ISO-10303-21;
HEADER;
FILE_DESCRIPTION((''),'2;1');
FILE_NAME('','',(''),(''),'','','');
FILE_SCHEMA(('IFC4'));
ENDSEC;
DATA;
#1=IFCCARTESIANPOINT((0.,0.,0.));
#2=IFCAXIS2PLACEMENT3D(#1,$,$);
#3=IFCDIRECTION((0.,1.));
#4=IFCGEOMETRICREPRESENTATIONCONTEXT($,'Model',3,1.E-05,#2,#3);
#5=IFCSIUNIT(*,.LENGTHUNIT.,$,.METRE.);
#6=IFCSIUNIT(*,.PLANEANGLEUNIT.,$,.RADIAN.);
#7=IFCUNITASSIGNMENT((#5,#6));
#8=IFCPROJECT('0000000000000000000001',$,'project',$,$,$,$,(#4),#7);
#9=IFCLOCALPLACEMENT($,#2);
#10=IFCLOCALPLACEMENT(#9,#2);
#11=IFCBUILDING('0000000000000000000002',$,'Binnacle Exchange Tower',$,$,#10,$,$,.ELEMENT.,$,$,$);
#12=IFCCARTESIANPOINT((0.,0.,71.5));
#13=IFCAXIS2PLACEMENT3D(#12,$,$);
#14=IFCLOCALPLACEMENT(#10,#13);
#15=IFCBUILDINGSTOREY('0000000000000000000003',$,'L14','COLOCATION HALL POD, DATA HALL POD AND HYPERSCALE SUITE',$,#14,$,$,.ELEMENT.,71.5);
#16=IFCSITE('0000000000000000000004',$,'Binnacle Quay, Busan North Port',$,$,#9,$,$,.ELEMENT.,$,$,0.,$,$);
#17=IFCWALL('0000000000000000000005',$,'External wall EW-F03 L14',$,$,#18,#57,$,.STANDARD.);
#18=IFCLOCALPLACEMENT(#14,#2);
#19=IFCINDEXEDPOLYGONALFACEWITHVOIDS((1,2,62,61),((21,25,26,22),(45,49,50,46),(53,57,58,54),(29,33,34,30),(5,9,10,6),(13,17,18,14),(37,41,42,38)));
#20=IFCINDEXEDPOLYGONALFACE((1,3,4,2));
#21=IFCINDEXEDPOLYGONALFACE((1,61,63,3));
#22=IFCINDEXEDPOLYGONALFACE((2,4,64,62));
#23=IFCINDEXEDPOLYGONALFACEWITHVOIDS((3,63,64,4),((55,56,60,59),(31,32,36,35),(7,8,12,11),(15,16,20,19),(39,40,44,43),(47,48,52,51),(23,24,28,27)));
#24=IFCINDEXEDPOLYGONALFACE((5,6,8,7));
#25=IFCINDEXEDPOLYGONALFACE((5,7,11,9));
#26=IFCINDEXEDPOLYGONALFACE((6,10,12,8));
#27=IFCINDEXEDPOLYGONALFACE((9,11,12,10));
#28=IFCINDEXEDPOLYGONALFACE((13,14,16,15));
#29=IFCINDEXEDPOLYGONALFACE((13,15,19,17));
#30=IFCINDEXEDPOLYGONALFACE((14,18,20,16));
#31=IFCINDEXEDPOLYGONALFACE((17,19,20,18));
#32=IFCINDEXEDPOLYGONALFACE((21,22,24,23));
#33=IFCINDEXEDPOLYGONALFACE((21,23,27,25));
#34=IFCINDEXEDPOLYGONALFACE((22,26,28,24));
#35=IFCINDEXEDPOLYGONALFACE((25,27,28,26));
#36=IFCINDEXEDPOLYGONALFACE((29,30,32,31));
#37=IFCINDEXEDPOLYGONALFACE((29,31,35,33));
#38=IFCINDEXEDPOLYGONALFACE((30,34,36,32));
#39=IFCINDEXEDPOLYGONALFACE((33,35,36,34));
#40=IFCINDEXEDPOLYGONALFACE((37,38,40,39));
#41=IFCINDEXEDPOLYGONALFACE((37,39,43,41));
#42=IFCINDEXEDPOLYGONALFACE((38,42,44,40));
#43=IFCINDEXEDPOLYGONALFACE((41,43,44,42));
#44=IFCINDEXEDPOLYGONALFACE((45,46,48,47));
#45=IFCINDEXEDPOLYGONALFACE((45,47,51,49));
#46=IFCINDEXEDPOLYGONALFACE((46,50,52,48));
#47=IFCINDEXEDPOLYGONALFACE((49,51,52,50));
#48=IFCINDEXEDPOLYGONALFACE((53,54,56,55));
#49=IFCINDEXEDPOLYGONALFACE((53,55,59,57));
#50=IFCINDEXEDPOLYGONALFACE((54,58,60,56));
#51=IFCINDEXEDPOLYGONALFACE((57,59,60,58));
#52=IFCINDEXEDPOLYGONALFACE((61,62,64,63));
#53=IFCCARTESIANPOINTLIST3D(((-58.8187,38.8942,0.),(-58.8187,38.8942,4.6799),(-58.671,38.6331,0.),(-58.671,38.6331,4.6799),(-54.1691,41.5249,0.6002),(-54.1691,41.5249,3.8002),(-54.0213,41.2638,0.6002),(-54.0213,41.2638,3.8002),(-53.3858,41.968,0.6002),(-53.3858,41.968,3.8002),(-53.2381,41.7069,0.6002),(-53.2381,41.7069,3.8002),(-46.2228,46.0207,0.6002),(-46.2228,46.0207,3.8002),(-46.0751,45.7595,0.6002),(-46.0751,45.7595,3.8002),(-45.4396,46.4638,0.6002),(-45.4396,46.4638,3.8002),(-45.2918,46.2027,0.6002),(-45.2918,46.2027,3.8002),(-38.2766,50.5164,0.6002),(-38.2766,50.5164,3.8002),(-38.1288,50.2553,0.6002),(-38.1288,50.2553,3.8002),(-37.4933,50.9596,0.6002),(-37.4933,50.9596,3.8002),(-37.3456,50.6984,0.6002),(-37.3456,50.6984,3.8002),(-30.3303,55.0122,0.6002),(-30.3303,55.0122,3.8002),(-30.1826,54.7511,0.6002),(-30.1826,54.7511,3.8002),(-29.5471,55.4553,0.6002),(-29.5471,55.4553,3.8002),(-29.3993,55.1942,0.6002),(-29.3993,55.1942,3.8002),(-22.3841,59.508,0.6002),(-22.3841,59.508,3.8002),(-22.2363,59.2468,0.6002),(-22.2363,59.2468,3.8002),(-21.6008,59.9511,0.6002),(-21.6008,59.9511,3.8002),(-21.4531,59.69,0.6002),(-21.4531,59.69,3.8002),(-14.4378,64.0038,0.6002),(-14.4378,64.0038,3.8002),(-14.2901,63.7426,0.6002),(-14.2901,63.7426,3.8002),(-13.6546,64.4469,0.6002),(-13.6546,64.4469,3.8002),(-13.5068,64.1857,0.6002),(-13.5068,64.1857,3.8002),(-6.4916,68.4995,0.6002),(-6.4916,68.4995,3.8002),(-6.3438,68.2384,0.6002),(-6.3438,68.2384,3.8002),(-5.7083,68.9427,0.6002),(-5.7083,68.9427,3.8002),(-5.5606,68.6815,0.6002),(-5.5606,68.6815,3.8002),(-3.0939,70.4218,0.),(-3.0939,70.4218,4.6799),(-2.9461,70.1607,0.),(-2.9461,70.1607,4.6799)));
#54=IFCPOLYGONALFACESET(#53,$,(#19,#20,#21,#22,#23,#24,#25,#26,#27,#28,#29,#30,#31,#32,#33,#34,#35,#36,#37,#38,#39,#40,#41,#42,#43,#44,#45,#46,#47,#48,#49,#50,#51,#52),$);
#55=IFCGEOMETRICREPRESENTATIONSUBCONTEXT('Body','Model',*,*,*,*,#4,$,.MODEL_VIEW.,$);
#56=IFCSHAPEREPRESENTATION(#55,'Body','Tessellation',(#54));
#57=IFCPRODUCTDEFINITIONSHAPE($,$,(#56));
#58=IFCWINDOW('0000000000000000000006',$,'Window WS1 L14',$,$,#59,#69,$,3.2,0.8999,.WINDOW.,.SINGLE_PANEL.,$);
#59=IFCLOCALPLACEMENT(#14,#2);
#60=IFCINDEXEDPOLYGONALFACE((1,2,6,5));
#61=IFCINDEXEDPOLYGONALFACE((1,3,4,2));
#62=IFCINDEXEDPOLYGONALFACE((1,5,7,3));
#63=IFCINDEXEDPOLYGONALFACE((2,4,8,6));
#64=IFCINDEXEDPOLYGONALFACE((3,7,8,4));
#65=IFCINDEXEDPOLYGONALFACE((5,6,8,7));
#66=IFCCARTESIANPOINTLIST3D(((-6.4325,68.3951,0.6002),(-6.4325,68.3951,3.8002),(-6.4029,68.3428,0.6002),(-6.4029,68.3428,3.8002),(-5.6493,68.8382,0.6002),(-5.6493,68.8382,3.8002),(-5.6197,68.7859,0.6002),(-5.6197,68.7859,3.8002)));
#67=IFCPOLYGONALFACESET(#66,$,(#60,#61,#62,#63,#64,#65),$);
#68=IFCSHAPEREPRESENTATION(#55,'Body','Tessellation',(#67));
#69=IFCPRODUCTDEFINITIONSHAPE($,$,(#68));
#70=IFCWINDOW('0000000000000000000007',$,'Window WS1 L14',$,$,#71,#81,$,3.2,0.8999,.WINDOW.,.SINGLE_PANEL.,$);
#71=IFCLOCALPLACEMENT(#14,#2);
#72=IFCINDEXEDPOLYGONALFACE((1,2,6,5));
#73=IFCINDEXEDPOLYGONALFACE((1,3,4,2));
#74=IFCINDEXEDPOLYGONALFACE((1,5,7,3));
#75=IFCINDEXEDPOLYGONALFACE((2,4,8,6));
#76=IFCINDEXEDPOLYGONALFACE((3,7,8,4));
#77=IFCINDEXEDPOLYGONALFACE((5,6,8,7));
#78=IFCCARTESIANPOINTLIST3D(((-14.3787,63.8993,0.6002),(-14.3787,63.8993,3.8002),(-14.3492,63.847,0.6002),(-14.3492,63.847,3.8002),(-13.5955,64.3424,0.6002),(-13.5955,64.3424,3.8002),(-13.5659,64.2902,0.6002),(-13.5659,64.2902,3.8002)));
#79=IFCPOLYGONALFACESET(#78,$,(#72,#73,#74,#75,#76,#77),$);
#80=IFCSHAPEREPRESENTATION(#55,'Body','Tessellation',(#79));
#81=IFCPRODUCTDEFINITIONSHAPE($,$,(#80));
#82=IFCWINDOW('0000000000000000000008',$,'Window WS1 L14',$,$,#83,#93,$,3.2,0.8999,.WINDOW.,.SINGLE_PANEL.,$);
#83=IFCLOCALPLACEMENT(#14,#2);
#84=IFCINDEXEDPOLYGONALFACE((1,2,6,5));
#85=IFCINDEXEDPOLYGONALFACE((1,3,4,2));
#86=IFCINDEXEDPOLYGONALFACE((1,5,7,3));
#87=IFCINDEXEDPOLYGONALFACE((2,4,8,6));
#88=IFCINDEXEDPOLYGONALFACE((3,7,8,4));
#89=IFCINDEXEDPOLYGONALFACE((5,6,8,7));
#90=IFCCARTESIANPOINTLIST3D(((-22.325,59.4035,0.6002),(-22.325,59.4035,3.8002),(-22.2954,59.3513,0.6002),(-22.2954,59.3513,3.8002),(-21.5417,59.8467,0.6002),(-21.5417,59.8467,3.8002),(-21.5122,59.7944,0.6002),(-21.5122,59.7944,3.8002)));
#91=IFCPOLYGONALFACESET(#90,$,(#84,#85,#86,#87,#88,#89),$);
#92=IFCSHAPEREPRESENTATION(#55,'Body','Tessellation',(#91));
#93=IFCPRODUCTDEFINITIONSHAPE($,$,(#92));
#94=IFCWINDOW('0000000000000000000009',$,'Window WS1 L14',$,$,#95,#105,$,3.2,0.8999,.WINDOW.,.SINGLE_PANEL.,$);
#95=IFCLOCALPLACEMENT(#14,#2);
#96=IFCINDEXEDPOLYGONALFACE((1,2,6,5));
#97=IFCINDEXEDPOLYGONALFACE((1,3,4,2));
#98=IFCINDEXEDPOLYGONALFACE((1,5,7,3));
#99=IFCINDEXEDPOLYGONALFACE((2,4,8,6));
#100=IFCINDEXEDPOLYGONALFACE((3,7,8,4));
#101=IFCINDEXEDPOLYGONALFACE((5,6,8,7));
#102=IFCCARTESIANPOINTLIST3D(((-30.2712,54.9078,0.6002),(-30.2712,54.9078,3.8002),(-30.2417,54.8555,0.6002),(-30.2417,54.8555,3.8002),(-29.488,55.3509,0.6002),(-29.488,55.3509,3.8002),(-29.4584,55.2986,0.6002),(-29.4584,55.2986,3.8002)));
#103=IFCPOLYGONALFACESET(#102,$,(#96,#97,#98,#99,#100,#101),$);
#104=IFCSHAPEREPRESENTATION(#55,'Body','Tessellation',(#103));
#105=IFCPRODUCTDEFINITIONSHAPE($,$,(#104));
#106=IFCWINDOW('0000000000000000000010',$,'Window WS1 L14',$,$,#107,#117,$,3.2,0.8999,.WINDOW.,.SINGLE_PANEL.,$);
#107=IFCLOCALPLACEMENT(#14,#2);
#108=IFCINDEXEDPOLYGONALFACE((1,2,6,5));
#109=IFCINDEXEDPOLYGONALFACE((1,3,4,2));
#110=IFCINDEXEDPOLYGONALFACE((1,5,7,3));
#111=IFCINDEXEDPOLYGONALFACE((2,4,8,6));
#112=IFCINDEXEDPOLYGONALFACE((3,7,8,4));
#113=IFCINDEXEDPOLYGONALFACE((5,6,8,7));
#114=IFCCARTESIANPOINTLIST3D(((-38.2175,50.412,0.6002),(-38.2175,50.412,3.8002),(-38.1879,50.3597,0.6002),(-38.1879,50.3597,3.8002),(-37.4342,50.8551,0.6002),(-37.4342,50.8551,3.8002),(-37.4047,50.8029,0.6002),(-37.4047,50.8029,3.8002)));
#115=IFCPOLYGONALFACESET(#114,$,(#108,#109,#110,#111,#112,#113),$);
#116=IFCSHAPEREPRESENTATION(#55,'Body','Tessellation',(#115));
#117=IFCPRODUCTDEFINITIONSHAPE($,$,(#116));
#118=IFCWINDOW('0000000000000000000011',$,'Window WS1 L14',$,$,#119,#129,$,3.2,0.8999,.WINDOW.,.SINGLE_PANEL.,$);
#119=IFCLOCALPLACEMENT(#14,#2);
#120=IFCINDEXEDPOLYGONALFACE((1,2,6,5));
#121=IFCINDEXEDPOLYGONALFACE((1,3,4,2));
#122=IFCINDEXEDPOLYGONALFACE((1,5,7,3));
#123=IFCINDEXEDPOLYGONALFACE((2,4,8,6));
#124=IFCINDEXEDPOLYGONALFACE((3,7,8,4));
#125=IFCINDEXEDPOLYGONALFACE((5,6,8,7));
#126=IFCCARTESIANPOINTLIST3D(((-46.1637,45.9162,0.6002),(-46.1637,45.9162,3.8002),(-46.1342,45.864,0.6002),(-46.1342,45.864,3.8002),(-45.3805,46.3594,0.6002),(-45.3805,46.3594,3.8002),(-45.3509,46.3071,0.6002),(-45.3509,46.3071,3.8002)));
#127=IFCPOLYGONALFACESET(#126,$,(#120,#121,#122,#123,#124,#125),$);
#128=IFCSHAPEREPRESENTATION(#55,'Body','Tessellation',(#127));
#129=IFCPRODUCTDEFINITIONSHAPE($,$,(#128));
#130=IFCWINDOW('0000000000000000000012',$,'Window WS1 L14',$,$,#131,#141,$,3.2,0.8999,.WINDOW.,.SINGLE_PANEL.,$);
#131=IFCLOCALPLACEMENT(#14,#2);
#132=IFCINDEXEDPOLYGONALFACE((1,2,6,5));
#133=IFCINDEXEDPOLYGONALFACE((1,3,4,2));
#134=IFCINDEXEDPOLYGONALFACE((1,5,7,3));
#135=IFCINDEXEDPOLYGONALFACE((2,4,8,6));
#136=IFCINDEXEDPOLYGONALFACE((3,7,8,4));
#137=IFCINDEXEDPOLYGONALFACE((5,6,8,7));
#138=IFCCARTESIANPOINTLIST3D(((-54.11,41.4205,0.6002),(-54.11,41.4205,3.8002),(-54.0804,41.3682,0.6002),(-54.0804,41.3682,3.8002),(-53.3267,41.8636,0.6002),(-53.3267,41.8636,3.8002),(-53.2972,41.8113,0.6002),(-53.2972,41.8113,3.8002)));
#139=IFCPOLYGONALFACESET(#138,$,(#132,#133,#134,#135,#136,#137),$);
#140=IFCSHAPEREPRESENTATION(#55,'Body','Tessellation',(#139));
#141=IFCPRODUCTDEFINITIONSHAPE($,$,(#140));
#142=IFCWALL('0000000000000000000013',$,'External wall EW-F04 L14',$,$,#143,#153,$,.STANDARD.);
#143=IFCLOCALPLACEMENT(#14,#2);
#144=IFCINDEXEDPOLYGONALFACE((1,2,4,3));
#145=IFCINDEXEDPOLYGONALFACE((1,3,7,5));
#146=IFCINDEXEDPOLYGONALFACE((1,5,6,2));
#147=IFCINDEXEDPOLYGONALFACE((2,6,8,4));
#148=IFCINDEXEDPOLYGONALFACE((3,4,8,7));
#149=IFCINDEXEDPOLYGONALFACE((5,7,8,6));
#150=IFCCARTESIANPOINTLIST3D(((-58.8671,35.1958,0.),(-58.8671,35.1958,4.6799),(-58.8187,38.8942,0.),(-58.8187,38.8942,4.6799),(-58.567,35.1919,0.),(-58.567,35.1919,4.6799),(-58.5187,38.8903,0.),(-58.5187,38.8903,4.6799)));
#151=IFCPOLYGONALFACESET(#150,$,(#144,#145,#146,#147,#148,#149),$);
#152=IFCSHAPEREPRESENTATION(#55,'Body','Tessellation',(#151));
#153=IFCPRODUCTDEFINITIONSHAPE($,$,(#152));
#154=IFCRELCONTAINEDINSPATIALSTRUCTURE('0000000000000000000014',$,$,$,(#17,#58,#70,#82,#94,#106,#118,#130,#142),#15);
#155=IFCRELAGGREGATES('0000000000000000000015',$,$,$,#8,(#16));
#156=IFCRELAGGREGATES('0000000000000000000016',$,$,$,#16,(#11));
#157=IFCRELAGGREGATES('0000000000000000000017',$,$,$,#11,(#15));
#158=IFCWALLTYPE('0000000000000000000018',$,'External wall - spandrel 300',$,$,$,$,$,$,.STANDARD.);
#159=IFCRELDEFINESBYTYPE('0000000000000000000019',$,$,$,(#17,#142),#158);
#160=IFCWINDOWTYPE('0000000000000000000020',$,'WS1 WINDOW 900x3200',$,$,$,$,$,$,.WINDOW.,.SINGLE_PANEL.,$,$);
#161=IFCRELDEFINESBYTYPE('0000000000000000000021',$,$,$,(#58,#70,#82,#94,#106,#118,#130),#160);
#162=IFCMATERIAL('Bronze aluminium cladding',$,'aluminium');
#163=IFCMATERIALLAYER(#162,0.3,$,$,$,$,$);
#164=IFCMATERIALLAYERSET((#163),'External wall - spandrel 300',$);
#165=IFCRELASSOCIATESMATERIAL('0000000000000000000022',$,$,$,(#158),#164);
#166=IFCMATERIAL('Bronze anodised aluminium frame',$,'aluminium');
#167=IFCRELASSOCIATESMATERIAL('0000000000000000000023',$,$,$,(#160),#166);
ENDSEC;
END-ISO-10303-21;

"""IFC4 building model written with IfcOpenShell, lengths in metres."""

from ifc_helpers import new_model, si_unit, direction, frame, frame_2d, origin, place, context, subcontext, project, spatial, rectangle, extrude, material, layer, layer_set, type_object, element, fill, save


model = new_model("IFC4")

# Units and contexts
model_context = context("Model", 3, precision=1e-05, world=origin(), true_north=direction((0.0, 1.0)))
body_context = subcontext(model_context, "Body", "Model", "MODEL_VIEW")
ifc_project = project(units=[si_unit("LENGTHUNIT", "METRE"), si_unit("PLANEANGLEUNIT", "RADIAN")], contexts=[model_context])

# Site, building, storey
site_placement = place(None, origin())
site = spatial("IfcSite", under=ifc_project, at=site_placement, Name="Binnacle Quay, Busan North Port", CompositionType="ELEMENT", RefElevation=0.0)
building_placement = place(site_placement, origin())
building = spatial("IfcBuilding", under=site, at=building_placement, Name="Binnacle Exchange Tower", CompositionType="ELEMENT")
storey_placement = place(building_placement, frame((0.0, 0.0, 71.5)))
storey = spatial("IfcBuildingStorey", under=building, at=storey_placement, Name="L14", Description="COLOCATION HALL POD, DATA HALL POD AND HYPERSCALE SUITE", CompositionType="ELEMENT", Elevation=71.5)

# Wall, openings, windows
ifc_material_1 = material(Name="Bronze aluminium cladding", Category="aluminium")
ifc_layer_1 = layer(ifc_material_1, 0.3)
ifc_layer_set_1 = layer_set([ifc_layer_1], Name="External wall - spandrel 300")
wall_type_1 = type_object("IfcWallType", Name="External wall - spandrel 300", PredefinedType="STANDARD", material=ifc_layer_set_1)
wall_1_placement = place(storey_placement, frame((-58.7449, 38.7637, 0.0), z_axis=(0.0, 0.0, 1.0), x_axis=(0.870356, 0.492423, 0.0)))
wall_1 = element("IfcWall", 1, at=wall_1_placement, inside=storey, type_object=wall_type_1, Name="External wall EW-F03 L14", PredefinedType="STANDARD", context=body_context, shape_type="SweptSolid", body=[
    extrude(rectangle(XDim=64.0254, YDim=0.3, at=frame_2d((32.0127, 0.0))), origin(), (0.0, 0.0, 1.0), 4.6799),
])
opening_1_placement = place(wall_1_placement, frame((60.1216, 0.0, 0.6001)))
opening_1 = element("IfcOpeningElement", 2, at=opening_1_placement, cuts=wall_1, PredefinedType="OPENING", context=body_context, shape_type="SweptSolid", body=[
    extrude(rectangle(XDim=0.8999, YDim=3.2, at=frame_2d((0.45, 1.6001))), frame((0.0, 0.1599, 0.0), z_axis=(0.0, -1.0, 0.0), x_axis=(1.0, 0.0, 0.0)), (0.0, 0.0, 1.0), 0.3201),
])
opening_2_placement = place(wall_1_placement, frame((50.9917, 0.0, 0.6001)))
opening_2 = element("IfcOpeningElement", 3, at=opening_2_placement, cuts=wall_1, PredefinedType="OPENING", context=body_context, shape_type="SweptSolid", body=[
    extrude(rectangle(XDim=0.8999, YDim=3.2, at=frame_2d((0.45, 1.6001))), frame((0.0, 0.1599, 0.0), z_axis=(0.0, -1.0, 0.0), x_axis=(1.0, 0.0, 0.0)), (0.0, 0.0, 1.0), 0.3201),
])
opening_3_placement = place(wall_1_placement, frame((41.8618, 0.0, 0.6001)))
opening_3 = element("IfcOpeningElement", 4, at=opening_3_placement, cuts=wall_1, PredefinedType="OPENING", context=body_context, shape_type="SweptSolid", body=[
    extrude(rectangle(XDim=0.8999, YDim=3.2, at=frame_2d((0.45, 1.6001))), frame((0.0, 0.1599, 0.0), z_axis=(0.0, -1.0, 0.0), x_axis=(1.0, 0.0, 0.0)), (0.0, 0.0, 1.0), 0.3201),
])
opening_4_placement = place(wall_1_placement, frame((32.7319, 0.0, 0.6001)))
opening_4 = element("IfcOpeningElement", 5, at=opening_4_placement, cuts=wall_1, PredefinedType="OPENING", context=body_context, shape_type="SweptSolid", body=[
    extrude(rectangle(XDim=0.8999, YDim=3.2, at=frame_2d((0.45, 1.6001))), frame((0.0, 0.1599, 0.0), z_axis=(0.0, -1.0, 0.0), x_axis=(1.0, 0.0, 0.0)), (0.0, 0.0, 1.0), 0.3201),
])
opening_5_placement = place(wall_1_placement, frame((23.6021, 0.0, 0.6001)))
opening_5 = element("IfcOpeningElement", 6, at=opening_5_placement, cuts=wall_1, PredefinedType="OPENING", context=body_context, shape_type="SweptSolid", body=[
    extrude(rectangle(XDim=0.8999, YDim=3.2, at=frame_2d((0.45, 1.6001))), frame((0.0, 0.1599, 0.0), z_axis=(0.0, -1.0, 0.0), x_axis=(1.0, 0.0, 0.0)), (0.0, 0.0, 1.0), 0.3201),
])
opening_6_placement = place(wall_1_placement, frame((14.4722, 0.0, 0.6001)))
opening_6 = element("IfcOpeningElement", 7, at=opening_6_placement, cuts=wall_1, PredefinedType="OPENING", context=body_context, shape_type="SweptSolid", body=[
    extrude(rectangle(XDim=0.8999, YDim=3.2, at=frame_2d((0.45, 1.6001))), frame((0.0, 0.1599, 0.0), z_axis=(0.0, -1.0, 0.0), x_axis=(1.0, 0.0, 0.0)), (0.0, 0.0, 1.0), 0.3201),
])
opening_7_placement = place(wall_1_placement, frame((5.3423, 0.0, 0.6001)))
opening_7 = element("IfcOpeningElement", 8, at=opening_7_placement, cuts=wall_1, PredefinedType="OPENING", context=body_context, shape_type="SweptSolid", body=[
    extrude(rectangle(XDim=0.8999, YDim=3.2, at=frame_2d((0.45, 1.6001))), frame((0.0, 0.1599, 0.0), z_axis=(0.0, -1.0, 0.0), x_axis=(1.0, 0.0, 0.0)), (0.0, 0.0, 1.0), 0.3201),
])
ifc_material_2 = material(Name="Bronze anodised aluminium frame", Category="aluminium")
window_type = type_object("IfcWindowType", Name="WS1 WINDOW 900x3200", PartitioningType="SINGLE_PANEL", PredefinedType="WINDOW", material=ifc_material_2)
window_1_placement = place(opening_1_placement, origin())
window_1 = element("IfcWindow", 9, at=window_1_placement, inside=storey, type_object=window_type, Name="Window WS1 L14", OverallHeight=3.2, OverallWidth=0.8999, PartitioningType="SINGLE_PANEL", PredefinedType="WINDOW", context=body_context, shape_type="SweptSolid", body=[
    extrude(rectangle(XDim=0.8999, YDim=3.2, at=frame_2d((0.45, 1.6001))), frame((0.0, 0.03, 0.0), z_axis=(0.0, -1.0, 0.0), x_axis=(1.0, 0.0, 0.0)), (0.0, 0.0, 1.0), 0.0601),
])
fill(opening_1, window_1)
window_2_placement = place(opening_2_placement, origin())
window_2 = element("IfcWindow", 10, at=window_2_placement, inside=storey, type_object=window_type, Name="Window WS1 L14", OverallHeight=3.2, OverallWidth=0.8999, PartitioningType="SINGLE_PANEL", PredefinedType="WINDOW", context=body_context, shape_type="SweptSolid", body=[
    extrude(rectangle(XDim=0.8999, YDim=3.2, at=frame_2d((0.45, 1.6001))), frame((0.0, 0.03, 0.0), z_axis=(0.0, -1.0, 0.0), x_axis=(1.0, 0.0, 0.0)), (0.0, 0.0, 1.0), 0.0601),
])
fill(opening_2, window_2)
window_3_placement = place(opening_3_placement, origin())
window_3 = element("IfcWindow", 11, at=window_3_placement, inside=storey, type_object=window_type, Name="Window WS1 L14", OverallHeight=3.2, OverallWidth=0.8999, PartitioningType="SINGLE_PANEL", PredefinedType="WINDOW", context=body_context, shape_type="SweptSolid", body=[
    extrude(rectangle(XDim=0.8999, YDim=3.2, at=frame_2d((0.45, 1.6001))), frame((0.0, 0.03, 0.0), z_axis=(0.0, -1.0, 0.0), x_axis=(1.0, 0.0, 0.0)), (0.0, 0.0, 1.0), 0.0601),
])
fill(opening_3, window_3)
window_4_placement = place(opening_4_placement, origin())
window_4 = element("IfcWindow", 12, at=window_4_placement, inside=storey, type_object=window_type, Name="Window WS1 L14", OverallHeight=3.2, OverallWidth=0.8999, PartitioningType="SINGLE_PANEL", PredefinedType="WINDOW", context=body_context, shape_type="SweptSolid", body=[
    extrude(rectangle(XDim=0.8999, YDim=3.2, at=frame_2d((0.45, 1.6001))), frame((0.0, 0.03, 0.0), z_axis=(0.0, -1.0, 0.0), x_axis=(1.0, 0.0, 0.0)), (0.0, 0.0, 1.0), 0.0601),
])
fill(opening_4, window_4)
window_5_placement = place(opening_5_placement, origin())
window_5 = element("IfcWindow", 13, at=window_5_placement, inside=storey, type_object=window_type, Name="Window WS1 L14", OverallHeight=3.2, OverallWidth=0.8999, PartitioningType="SINGLE_PANEL", PredefinedType="WINDOW", context=body_context, shape_type="SweptSolid", body=[
    extrude(rectangle(XDim=0.8999, YDim=3.2, at=frame_2d((0.45, 1.6001))), frame((0.0, 0.03, 0.0), z_axis=(0.0, -1.0, 0.0), x_axis=(1.0, 0.0, 0.0)), (0.0, 0.0, 1.0), 0.0601),
])
fill(opening_5, window_5)
window_6_placement = place(opening_6_placement, origin())
window_6 = element("IfcWindow", 14, at=window_6_placement, inside=storey, type_object=window_type, Name="Window WS1 L14", OverallHeight=3.2, OverallWidth=0.8999, PartitioningType="SINGLE_PANEL", PredefinedType="WINDOW", context=body_context, shape_type="SweptSolid", body=[
    extrude(rectangle(XDim=0.8999, YDim=3.2, at=frame_2d((0.45, 1.6001))), frame((0.0, 0.03, 0.0), z_axis=(0.0, -1.0, 0.0), x_axis=(1.0, 0.0, 0.0)), (0.0, 0.0, 1.0), 0.0601),
])
fill(opening_6, window_6)
window_7_placement = place(opening_7_placement, origin())
window_7 = element("IfcWindow", 15, at=window_7_placement, inside=storey, type_object=window_type, Name="Window WS1 L14", OverallHeight=3.2, OverallWidth=0.8999, PartitioningType="SINGLE_PANEL", PredefinedType="WINDOW", context=body_context, shape_type="SweptSolid", body=[
    extrude(rectangle(XDim=0.8999, YDim=3.2, at=frame_2d((0.45, 1.6001))), frame((0.0, 0.03, 0.0), z_axis=(0.0, -1.0, 0.0), x_axis=(1.0, 0.0, 0.0)), (0.0, 0.0, 1.0), 0.0601),
])
fill(opening_7, window_7)

# Wall
wall_2_placement = place(storey_placement, frame((-58.717, 35.1938, 0.0), z_axis=(0.0, 0.0, 1.0), x_axis=(0.013069, 0.999915, 0.0)))
element("IfcWall", 16, at=wall_2_placement, inside=storey, type_object=wall_type_1, Name="External wall EW-F04 L14", PredefinedType="STANDARD", context=body_context, shape_type="SweptSolid", body=[
    extrude(rectangle(XDim=3.6987, YDim=0.3, at=frame_2d((1.8494, 0.0))), origin(), (0.0, 0.0, 1.0), 4.6799),
])

save(model, "model.ifc")
